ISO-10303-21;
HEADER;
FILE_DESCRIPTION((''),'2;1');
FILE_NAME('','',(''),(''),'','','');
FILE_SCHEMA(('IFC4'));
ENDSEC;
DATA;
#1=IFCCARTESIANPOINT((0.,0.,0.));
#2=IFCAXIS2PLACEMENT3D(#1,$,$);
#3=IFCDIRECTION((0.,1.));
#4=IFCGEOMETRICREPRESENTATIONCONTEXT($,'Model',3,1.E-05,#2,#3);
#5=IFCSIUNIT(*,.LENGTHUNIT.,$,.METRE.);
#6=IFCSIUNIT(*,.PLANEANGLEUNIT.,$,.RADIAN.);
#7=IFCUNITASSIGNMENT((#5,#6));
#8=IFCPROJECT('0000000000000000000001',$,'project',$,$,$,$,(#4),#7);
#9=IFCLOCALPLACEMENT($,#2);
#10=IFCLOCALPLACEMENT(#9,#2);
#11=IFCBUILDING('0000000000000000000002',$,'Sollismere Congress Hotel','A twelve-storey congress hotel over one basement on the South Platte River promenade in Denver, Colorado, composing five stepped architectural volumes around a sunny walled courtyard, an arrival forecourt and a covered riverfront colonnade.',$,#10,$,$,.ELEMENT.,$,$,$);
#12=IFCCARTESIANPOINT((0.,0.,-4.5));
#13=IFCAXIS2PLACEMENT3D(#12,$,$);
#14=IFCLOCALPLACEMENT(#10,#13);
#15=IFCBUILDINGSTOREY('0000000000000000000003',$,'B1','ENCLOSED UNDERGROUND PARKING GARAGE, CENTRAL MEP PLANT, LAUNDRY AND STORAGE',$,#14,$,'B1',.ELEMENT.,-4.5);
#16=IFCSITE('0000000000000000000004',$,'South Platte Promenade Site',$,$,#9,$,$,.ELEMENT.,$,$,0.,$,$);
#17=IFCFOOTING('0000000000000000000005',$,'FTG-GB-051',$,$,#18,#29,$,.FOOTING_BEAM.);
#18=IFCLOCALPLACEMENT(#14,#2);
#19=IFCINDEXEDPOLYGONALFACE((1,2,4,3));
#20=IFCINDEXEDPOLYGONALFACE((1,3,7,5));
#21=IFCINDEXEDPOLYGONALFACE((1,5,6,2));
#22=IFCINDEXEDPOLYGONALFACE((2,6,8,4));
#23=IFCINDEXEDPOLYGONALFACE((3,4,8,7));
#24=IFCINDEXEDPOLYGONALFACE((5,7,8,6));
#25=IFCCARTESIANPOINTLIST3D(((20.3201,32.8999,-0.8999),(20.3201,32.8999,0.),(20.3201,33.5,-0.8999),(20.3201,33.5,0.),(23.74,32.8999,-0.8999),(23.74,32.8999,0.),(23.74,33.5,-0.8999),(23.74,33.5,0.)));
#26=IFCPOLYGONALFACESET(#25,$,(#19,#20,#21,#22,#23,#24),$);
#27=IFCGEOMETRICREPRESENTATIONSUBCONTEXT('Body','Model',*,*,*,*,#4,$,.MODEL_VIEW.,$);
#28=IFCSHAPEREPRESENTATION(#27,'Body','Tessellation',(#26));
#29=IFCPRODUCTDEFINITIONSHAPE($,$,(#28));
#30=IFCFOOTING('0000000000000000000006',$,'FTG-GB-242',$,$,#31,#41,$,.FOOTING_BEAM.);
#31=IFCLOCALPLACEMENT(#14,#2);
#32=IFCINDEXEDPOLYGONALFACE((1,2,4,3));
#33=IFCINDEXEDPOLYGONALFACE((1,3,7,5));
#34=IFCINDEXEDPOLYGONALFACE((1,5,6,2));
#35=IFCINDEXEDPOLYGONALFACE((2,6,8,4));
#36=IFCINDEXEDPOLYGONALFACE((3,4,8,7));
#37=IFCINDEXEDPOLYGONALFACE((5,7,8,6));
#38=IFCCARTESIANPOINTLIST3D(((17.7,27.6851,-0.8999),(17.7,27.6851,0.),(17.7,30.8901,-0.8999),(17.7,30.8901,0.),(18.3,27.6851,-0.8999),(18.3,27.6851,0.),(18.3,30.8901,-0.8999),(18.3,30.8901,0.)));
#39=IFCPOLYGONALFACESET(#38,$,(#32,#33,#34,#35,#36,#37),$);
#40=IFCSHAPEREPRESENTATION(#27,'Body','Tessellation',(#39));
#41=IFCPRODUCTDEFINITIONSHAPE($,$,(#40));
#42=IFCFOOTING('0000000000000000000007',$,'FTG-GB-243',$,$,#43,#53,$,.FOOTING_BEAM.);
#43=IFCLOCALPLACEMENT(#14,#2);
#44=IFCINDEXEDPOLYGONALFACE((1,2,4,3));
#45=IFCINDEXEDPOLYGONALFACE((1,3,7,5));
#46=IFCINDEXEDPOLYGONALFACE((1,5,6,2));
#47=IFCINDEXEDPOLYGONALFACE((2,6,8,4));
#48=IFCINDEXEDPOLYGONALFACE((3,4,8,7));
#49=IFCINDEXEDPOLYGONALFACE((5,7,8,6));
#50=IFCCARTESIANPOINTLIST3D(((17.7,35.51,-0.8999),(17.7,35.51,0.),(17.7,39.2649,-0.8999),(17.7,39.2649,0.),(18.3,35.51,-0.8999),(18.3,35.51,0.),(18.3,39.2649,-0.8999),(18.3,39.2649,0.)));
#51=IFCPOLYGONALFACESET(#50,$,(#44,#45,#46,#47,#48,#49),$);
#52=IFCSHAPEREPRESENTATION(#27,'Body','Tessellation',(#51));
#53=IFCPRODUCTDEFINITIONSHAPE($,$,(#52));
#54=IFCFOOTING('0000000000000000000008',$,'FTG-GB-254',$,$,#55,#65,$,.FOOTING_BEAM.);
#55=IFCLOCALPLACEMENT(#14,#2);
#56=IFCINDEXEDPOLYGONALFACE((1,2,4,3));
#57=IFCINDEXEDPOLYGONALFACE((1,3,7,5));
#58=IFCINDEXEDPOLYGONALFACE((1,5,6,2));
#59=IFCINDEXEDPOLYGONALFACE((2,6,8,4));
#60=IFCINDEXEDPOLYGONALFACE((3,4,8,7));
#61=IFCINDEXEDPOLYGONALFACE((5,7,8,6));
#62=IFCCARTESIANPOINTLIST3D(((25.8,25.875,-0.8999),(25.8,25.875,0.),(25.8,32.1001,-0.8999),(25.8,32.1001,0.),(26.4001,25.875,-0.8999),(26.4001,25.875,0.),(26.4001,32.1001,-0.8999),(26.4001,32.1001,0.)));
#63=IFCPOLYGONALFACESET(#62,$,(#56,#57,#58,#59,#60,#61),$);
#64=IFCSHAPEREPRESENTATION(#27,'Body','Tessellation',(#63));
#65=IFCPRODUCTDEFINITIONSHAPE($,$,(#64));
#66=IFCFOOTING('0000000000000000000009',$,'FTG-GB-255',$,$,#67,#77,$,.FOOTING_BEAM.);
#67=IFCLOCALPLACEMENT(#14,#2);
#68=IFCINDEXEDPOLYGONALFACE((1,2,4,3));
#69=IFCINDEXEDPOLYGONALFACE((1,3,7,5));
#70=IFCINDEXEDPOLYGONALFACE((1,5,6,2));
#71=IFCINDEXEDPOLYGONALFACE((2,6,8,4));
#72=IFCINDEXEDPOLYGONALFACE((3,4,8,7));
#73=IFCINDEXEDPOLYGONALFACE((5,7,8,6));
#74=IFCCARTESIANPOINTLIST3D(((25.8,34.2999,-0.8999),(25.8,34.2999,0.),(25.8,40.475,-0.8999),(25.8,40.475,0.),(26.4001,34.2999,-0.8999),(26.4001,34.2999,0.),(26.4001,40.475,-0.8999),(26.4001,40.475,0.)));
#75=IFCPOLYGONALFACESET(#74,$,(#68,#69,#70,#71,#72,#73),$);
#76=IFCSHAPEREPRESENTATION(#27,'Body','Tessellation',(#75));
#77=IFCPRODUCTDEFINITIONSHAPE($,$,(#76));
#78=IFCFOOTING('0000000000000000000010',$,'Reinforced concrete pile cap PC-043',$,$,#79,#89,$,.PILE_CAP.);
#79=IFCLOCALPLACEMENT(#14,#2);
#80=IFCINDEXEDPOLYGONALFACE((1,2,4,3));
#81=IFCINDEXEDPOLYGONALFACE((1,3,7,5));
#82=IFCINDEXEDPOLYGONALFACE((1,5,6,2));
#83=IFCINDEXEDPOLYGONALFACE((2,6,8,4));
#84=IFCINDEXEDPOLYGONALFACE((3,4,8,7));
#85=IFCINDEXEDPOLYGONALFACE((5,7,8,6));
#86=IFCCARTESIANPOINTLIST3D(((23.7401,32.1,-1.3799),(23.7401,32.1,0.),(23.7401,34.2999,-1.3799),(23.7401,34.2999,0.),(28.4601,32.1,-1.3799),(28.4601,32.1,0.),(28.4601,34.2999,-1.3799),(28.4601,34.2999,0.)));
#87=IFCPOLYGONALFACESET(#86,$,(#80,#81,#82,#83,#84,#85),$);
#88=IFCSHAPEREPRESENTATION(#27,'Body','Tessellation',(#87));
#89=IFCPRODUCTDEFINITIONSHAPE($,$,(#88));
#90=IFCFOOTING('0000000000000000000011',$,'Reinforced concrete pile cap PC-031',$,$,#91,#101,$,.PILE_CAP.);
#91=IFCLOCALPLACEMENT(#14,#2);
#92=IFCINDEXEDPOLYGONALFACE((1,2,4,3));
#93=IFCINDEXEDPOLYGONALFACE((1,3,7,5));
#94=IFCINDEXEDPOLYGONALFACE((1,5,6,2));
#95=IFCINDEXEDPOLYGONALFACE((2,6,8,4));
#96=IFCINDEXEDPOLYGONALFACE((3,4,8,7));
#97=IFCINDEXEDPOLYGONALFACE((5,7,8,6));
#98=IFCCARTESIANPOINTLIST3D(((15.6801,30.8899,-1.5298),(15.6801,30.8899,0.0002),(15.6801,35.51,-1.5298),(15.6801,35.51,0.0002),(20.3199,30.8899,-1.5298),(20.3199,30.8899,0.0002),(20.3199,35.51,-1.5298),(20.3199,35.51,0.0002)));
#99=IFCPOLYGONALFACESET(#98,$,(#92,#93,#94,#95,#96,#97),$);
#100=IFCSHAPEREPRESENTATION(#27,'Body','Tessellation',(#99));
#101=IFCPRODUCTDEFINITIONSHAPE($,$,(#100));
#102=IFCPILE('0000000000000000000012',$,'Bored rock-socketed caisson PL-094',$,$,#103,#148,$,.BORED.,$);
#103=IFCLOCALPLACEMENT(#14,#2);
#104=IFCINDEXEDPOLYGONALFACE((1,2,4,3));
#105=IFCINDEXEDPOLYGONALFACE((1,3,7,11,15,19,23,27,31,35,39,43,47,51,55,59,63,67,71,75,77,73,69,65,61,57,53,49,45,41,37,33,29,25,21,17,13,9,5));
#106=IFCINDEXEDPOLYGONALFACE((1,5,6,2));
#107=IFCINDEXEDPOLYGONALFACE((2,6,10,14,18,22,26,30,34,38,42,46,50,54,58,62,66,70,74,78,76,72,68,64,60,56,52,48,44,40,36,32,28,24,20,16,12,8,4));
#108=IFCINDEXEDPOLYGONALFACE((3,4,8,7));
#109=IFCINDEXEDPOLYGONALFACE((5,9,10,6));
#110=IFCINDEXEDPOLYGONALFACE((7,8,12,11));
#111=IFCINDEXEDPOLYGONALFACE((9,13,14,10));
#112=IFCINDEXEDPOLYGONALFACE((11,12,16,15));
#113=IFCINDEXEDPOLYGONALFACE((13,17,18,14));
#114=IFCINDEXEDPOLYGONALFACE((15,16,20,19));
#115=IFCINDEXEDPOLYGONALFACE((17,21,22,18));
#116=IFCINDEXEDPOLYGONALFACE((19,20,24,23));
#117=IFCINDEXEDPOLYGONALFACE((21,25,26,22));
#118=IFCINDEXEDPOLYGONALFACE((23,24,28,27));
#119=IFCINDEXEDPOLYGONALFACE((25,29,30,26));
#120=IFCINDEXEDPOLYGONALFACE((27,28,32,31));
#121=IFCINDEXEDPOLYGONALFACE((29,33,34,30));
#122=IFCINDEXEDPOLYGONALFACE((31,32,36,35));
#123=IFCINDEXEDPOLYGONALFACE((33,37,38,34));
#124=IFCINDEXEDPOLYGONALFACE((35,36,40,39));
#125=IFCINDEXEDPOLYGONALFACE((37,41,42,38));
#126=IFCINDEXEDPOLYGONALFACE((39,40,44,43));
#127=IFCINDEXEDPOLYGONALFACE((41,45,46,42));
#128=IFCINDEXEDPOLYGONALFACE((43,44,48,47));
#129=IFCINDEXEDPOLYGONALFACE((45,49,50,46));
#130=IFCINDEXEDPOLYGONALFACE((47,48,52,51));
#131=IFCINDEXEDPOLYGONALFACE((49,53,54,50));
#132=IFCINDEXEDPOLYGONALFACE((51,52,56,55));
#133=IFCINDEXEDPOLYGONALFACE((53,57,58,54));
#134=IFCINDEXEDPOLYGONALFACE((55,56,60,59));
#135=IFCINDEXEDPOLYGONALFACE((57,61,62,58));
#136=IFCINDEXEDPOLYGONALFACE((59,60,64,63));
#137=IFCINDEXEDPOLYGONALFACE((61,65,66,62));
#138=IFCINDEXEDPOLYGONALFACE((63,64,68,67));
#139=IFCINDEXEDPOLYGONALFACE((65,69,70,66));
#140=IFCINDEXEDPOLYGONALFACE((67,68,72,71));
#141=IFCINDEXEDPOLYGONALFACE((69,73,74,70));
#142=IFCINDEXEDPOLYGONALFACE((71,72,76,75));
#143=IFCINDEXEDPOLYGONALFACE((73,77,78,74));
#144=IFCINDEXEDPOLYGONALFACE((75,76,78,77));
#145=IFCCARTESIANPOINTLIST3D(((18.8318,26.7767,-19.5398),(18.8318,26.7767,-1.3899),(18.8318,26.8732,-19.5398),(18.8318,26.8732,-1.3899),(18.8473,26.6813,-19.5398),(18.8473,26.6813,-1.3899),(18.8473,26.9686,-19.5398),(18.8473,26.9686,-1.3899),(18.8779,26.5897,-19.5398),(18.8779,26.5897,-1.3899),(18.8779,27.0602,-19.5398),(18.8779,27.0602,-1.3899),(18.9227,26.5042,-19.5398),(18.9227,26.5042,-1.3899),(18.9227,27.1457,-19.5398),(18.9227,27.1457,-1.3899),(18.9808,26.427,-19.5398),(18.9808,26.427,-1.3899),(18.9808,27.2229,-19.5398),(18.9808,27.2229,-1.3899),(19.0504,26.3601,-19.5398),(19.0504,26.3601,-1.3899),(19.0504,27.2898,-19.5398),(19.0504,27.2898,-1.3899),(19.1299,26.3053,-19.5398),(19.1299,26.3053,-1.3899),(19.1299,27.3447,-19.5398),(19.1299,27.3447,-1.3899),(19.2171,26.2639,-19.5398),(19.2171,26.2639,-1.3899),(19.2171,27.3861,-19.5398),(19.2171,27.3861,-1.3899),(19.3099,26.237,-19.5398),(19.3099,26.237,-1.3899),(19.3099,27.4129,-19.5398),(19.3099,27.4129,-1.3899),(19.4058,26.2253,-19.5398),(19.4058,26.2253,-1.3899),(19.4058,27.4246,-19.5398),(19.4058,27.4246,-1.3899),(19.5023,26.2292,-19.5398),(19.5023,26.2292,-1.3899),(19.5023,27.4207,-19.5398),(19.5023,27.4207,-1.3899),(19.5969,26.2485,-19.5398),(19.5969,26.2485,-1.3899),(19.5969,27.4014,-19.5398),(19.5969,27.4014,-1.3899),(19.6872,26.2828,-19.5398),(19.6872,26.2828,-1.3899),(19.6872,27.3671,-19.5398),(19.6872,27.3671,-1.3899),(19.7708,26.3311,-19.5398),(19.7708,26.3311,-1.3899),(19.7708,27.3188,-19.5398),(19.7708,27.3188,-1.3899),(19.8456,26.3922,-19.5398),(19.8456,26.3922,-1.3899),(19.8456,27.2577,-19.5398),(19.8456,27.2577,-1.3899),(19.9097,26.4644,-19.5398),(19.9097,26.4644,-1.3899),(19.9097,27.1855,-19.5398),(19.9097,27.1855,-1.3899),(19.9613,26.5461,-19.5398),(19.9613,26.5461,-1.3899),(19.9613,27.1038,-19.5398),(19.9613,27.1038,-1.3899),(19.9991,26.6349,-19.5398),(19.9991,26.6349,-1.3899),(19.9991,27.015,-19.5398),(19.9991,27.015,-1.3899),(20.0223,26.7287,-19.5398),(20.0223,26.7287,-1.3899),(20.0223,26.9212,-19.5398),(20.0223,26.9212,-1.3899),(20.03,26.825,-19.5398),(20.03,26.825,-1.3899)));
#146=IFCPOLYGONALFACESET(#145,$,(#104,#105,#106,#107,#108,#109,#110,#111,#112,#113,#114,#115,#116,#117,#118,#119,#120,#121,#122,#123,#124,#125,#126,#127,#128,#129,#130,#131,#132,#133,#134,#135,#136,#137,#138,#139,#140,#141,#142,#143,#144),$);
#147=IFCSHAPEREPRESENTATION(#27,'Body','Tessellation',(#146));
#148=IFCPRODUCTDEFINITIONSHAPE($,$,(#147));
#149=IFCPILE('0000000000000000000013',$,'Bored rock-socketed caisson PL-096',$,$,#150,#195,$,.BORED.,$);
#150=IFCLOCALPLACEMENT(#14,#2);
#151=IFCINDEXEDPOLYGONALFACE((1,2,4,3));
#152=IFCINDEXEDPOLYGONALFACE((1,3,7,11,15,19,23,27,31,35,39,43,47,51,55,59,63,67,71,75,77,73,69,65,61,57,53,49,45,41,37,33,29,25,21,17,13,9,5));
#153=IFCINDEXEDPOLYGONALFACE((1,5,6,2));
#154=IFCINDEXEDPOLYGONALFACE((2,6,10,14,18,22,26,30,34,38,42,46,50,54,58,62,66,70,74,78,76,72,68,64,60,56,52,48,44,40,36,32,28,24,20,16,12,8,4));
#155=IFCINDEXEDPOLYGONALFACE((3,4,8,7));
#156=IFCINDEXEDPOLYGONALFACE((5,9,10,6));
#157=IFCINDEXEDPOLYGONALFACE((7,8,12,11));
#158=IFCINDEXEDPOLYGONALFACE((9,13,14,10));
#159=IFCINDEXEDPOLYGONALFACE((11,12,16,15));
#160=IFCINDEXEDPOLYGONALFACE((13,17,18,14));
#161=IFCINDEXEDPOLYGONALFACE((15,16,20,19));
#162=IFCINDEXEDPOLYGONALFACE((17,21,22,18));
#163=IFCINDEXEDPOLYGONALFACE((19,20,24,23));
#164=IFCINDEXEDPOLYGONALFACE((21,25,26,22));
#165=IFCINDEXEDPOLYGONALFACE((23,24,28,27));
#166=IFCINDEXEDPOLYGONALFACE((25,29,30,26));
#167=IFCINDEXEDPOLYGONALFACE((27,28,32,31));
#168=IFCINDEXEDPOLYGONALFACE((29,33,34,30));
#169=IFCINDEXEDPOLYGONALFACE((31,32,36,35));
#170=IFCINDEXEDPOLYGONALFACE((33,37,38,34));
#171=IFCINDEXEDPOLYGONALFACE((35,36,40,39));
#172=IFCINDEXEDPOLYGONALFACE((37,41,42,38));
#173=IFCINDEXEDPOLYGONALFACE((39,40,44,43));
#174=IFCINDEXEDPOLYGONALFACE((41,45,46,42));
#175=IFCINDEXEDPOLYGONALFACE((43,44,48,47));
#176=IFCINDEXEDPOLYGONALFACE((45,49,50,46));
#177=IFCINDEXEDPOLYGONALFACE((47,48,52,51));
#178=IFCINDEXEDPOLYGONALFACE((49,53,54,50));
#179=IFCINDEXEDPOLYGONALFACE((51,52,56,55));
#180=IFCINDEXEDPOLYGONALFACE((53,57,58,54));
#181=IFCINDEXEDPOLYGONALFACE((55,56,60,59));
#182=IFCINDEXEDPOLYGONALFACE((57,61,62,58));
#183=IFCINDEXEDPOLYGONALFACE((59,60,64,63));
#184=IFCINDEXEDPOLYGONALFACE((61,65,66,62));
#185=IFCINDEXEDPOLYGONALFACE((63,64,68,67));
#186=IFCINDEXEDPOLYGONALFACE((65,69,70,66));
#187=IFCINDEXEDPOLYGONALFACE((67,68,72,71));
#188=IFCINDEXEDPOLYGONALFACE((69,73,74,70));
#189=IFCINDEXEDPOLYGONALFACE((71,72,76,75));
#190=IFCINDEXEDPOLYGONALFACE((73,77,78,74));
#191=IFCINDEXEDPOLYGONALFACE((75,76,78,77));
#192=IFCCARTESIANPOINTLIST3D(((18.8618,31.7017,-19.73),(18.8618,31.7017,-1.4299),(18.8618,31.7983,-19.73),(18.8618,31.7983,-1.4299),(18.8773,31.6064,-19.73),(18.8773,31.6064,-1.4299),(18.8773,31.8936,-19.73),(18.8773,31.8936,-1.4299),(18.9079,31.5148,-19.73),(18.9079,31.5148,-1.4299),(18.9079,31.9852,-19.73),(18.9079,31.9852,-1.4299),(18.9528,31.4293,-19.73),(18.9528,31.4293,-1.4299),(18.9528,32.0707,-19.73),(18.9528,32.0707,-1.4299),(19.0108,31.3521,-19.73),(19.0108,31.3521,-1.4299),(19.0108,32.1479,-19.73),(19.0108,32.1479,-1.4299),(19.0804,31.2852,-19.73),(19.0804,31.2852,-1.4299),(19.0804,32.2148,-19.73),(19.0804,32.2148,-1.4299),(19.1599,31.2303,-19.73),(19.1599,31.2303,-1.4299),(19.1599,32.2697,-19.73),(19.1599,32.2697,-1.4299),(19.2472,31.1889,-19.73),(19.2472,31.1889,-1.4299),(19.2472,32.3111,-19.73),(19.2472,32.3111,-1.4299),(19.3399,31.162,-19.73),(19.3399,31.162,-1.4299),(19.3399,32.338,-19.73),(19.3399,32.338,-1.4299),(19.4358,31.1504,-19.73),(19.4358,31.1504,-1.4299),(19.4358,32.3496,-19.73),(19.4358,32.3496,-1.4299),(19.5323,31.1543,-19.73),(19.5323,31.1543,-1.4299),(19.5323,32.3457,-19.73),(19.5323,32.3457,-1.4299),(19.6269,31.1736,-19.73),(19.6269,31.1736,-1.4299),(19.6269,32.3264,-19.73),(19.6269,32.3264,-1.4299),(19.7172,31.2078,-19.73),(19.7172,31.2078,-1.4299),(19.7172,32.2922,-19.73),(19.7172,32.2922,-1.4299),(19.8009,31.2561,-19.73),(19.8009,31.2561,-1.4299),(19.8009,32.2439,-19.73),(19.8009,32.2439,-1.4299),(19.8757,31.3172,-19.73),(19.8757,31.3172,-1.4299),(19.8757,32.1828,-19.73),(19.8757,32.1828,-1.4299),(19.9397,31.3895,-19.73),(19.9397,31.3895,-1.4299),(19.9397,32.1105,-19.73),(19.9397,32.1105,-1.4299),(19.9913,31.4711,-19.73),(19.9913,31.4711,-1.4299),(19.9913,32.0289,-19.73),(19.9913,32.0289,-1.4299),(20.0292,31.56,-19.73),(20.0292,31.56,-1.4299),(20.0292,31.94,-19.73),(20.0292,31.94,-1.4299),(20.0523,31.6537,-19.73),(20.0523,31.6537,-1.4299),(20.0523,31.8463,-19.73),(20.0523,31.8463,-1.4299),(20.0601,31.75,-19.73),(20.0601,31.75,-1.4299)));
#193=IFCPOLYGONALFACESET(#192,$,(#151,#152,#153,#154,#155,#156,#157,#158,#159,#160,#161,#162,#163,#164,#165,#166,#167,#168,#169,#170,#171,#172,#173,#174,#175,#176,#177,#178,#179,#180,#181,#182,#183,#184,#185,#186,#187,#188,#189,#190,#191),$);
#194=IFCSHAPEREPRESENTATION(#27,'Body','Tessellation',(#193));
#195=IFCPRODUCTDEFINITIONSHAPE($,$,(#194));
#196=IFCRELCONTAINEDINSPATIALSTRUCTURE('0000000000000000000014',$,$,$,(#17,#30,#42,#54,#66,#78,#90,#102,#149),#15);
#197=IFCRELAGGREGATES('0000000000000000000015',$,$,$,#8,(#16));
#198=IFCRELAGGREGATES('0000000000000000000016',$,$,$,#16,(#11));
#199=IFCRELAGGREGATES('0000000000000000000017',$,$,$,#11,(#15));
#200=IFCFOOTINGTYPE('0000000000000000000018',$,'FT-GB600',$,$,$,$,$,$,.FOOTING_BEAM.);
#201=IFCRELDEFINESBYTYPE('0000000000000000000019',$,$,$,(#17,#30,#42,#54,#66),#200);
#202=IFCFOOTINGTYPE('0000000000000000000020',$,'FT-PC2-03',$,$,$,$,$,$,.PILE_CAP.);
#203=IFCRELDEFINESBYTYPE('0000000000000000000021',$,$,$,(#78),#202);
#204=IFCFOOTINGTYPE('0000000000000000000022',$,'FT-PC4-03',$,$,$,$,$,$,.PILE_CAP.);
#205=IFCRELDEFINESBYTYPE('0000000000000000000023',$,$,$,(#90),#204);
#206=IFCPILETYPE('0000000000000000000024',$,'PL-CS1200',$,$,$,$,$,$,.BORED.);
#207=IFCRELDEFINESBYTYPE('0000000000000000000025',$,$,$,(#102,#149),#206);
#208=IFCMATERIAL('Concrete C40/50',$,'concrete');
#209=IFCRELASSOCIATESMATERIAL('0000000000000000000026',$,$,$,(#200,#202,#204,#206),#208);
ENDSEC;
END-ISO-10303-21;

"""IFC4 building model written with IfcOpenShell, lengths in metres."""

from ifc_helpers import new_model, si_unit, direction, frame, origin, origin_2d, place, context, subcontext, project, spatial, rectangle, circle, extrude, material, material_profile, profile_set, type_object, element, save


model = new_model("IFC4")

# Units and contexts
model_context = context("Model", 3, precision=1e-05, world=origin(), true_north=direction((0.0, 1.0)))
body_context = subcontext(model_context, "Body", "Model", "MODEL_VIEW")
ifc_project = project(units=[si_unit("LENGTHUNIT", "METRE"), si_unit("PLANEANGLEUNIT", "RADIAN")], contexts=[model_context])

# Site, building, storey
site_placement = place(None, origin())
site = spatial("IfcSite", under=ifc_project, at=site_placement, Name="South Platte Promenade Site", CompositionType="ELEMENT", RefElevation=0.0)
building_placement = place(site_placement, origin())
building = spatial("IfcBuilding", under=site, at=building_placement, Name="Sollismere Congress Hotel", Description="A twelve-storey congress hotel over one basement on the South Platte River promenade in Denver, Colorado, composing five stepped architectural volumes around a sunny walled courtyard, an arrival forecourt and a covered riverfront colonnade.", CompositionType="ELEMENT")
storey_placement = place(building_placement, frame((0.0, 0.0, -4.5)))
storey = spatial("IfcBuildingStorey", under=building, at=storey_placement, Name="B1", Description="ENCLOSED UNDERGROUND PARKING GARAGE, CENTRAL MEP PLANT, LAUNDRY AND STORAGE", LongName="B1", CompositionType="ELEMENT", Elevation=-4.5)

# Footings
ifc_material_1 = material(Name="Concrete C40/50", Category="concrete")
footing_type_1 = type_object("IfcFootingType", Name="FT-GB600", PredefinedType="FOOTING_BEAM", material=ifc_material_1)
footing_1_placement = place(storey_placement, frame((22.03, 33.2, -0.8999), z_axis=(0.0, 0.0, 1.0), x_axis=(1.0, 0.0, 0.0)))
element("IfcFooting", 1, at=footing_1_placement, inside=storey, type_object=footing_type_1, Name="FTG-GB-051", PredefinedType="FOOTING_BEAM", context=body_context, shape_type="SweptSolid", body=[
    extrude(rectangle(XDim=3.4199, YDim=0.6001, at=origin_2d()), origin(), (0.0, 0.0, 1.0), 0.8999),
])
footing_2_placement = place(storey_placement, frame((18.0, 29.2876, -0.8999), z_axis=(0.0, 0.0, 1.0), x_axis=(0.0, 1.0, 0.0)))
element("IfcFooting", 2, at=footing_2_placement, inside=storey, type_object=footing_type_1, Name="FTG-GB-242", PredefinedType="FOOTING_BEAM", context=body_context, shape_type="SweptSolid", body=[
    extrude(rectangle(XDim=3.2051, YDim=0.6001, at=origin_2d()), origin(), (0.0, 0.0, 1.0), 0.8999),
])
footing_3_placement = place(storey_placement, frame((18.0, 37.3875, -0.8999), z_axis=(0.0, 0.0, 1.0), x_axis=(0.0, 1.0, 0.0)))
element("IfcFooting", 3, at=footing_3_placement, inside=storey, type_object=footing_type_1, Name="FTG-GB-243", PredefinedType="FOOTING_BEAM", context=body_context, shape_type="SweptSolid", body=[
    extrude(rectangle(XDim=3.7549, YDim=0.6001, at=origin_2d()), origin(), (0.0, 0.0, 1.0), 0.8999),
])
footing_4_placement = place(storey_placement, frame((26.1001, 28.9875, -0.8999), z_axis=(0.0, 0.0, 1.0), x_axis=(0.0, 1.0, 0.0)))
element("IfcFooting", 4, at=footing_4_placement, inside=storey, type_object=footing_type_1, Name="FTG-GB-254", PredefinedType="FOOTING_BEAM", context=body_context, shape_type="SweptSolid", body=[
    extrude(rectangle(XDim=6.2251, YDim=0.6001, at=origin_2d()), origin(), (0.0, 0.0, 1.0), 0.8999),
])
footing_5_placement = place(storey_placement, frame((26.1001, 37.3875, -0.8999), z_axis=(0.0, 0.0, 1.0), x_axis=(0.0, 1.0, 0.0)))
element("IfcFooting", 5, at=footing_5_placement, inside=storey, type_object=footing_type_1, Name="FTG-GB-255", PredefinedType="FOOTING_BEAM", context=body_context, shape_type="SweptSolid", body=[
    extrude(rectangle(XDim=6.175, YDim=0.6001, at=origin_2d()), origin(), (0.0, 0.0, 1.0), 0.8999),
])
footing_type_2 = type_object("IfcFootingType", Name="FT-PC2-03", PredefinedType="PILE_CAP", material=ifc_material_1)
footing_6_placement = place(storey_placement, frame((26.1001, 33.2, -1.3799), z_axis=(0.0, 0.0, 1.0), x_axis=(1.0, 0.0, 0.0)))
element("IfcFooting", 6, at=footing_6_placement, inside=storey, type_object=footing_type_2, Name="Reinforced concrete pile cap PC-043", PredefinedType="PILE_CAP", context=body_context, shape_type="SweptSolid", body=[
    extrude(rectangle(XDim=4.72, YDim=2.2, at=origin_2d()), origin(), (0.0, 0.0, 1.0), 1.3799),
])
footing_type_3 = type_object("IfcFootingType", Name="FT-PC4-03", PredefinedType="PILE_CAP", material=ifc_material_1)
footing_7_placement = place(storey_placement, frame((18.0, 33.2, -1.5298), z_axis=(0.0, 0.0, 1.0), x_axis=(1.0, 0.0, 0.0)))
element("IfcFooting", 7, at=footing_7_placement, inside=storey, type_object=footing_type_3, Name="Reinforced concrete pile cap PC-031", PredefinedType="PILE_CAP", context=body_context, shape_type="SweptSolid", body=[
    extrude(rectangle(XDim=4.6399, YDim=4.6201, at=origin_2d()), origin(), (0.0, 0.0, 1.0), 1.53),
])

# Piles
ifc_material_profile_1 = material_profile(ifc_material_1, circle(Radius=0.6001, at=origin_2d()), Name="CAISSON1200")
ifc_profile_set_1 = profile_set([ifc_material_profile_1], Name="Concrete C40/50")
pile_type = type_object("IfcPileType", Name="PL-CS1200", PredefinedType="BORED", material=ifc_profile_set_1)
pile_1_placement = place(storey_placement, frame((19.4299, 26.825, -1.3899), z_axis=(0.0, 0.0, -1.0), x_axis=(1.0, 0.0, 0.0)))
element("IfcPile", 8, at=pile_1_placement, inside=storey, type_object=pile_type, Name="Bored rock-socketed caisson PL-094", PredefinedType="BORED", context=body_context, shape_type="SweptSolid", body=[
    extrude(circle(Radius=0.6001, at=origin_2d()), origin(), (0.0, 0.0, 1.0), 18.1499),
])
for number, where, z_axis, x_axis, name in (
    (9, (19.46, 31.75, -1.4299), (0.0, 0.0, -1.0), (1.0, 0.0, 0.0), "Bored rock-socketed caisson PL-096"),
):
    element("IfcPile", number, at=place(storey_placement, frame(where, z_axis=z_axis, x_axis=x_axis)), inside=storey, type_object=pile_type, Name=name, PredefinedType="BORED", context=body_context, shape_type="SweptSolid", body=[
        extrude(circle(Radius=0.6001, at=origin_2d()), origin(), (0.0, 0.0, 1.0), 18.3),
    ])

save(model, "model.ifc")
